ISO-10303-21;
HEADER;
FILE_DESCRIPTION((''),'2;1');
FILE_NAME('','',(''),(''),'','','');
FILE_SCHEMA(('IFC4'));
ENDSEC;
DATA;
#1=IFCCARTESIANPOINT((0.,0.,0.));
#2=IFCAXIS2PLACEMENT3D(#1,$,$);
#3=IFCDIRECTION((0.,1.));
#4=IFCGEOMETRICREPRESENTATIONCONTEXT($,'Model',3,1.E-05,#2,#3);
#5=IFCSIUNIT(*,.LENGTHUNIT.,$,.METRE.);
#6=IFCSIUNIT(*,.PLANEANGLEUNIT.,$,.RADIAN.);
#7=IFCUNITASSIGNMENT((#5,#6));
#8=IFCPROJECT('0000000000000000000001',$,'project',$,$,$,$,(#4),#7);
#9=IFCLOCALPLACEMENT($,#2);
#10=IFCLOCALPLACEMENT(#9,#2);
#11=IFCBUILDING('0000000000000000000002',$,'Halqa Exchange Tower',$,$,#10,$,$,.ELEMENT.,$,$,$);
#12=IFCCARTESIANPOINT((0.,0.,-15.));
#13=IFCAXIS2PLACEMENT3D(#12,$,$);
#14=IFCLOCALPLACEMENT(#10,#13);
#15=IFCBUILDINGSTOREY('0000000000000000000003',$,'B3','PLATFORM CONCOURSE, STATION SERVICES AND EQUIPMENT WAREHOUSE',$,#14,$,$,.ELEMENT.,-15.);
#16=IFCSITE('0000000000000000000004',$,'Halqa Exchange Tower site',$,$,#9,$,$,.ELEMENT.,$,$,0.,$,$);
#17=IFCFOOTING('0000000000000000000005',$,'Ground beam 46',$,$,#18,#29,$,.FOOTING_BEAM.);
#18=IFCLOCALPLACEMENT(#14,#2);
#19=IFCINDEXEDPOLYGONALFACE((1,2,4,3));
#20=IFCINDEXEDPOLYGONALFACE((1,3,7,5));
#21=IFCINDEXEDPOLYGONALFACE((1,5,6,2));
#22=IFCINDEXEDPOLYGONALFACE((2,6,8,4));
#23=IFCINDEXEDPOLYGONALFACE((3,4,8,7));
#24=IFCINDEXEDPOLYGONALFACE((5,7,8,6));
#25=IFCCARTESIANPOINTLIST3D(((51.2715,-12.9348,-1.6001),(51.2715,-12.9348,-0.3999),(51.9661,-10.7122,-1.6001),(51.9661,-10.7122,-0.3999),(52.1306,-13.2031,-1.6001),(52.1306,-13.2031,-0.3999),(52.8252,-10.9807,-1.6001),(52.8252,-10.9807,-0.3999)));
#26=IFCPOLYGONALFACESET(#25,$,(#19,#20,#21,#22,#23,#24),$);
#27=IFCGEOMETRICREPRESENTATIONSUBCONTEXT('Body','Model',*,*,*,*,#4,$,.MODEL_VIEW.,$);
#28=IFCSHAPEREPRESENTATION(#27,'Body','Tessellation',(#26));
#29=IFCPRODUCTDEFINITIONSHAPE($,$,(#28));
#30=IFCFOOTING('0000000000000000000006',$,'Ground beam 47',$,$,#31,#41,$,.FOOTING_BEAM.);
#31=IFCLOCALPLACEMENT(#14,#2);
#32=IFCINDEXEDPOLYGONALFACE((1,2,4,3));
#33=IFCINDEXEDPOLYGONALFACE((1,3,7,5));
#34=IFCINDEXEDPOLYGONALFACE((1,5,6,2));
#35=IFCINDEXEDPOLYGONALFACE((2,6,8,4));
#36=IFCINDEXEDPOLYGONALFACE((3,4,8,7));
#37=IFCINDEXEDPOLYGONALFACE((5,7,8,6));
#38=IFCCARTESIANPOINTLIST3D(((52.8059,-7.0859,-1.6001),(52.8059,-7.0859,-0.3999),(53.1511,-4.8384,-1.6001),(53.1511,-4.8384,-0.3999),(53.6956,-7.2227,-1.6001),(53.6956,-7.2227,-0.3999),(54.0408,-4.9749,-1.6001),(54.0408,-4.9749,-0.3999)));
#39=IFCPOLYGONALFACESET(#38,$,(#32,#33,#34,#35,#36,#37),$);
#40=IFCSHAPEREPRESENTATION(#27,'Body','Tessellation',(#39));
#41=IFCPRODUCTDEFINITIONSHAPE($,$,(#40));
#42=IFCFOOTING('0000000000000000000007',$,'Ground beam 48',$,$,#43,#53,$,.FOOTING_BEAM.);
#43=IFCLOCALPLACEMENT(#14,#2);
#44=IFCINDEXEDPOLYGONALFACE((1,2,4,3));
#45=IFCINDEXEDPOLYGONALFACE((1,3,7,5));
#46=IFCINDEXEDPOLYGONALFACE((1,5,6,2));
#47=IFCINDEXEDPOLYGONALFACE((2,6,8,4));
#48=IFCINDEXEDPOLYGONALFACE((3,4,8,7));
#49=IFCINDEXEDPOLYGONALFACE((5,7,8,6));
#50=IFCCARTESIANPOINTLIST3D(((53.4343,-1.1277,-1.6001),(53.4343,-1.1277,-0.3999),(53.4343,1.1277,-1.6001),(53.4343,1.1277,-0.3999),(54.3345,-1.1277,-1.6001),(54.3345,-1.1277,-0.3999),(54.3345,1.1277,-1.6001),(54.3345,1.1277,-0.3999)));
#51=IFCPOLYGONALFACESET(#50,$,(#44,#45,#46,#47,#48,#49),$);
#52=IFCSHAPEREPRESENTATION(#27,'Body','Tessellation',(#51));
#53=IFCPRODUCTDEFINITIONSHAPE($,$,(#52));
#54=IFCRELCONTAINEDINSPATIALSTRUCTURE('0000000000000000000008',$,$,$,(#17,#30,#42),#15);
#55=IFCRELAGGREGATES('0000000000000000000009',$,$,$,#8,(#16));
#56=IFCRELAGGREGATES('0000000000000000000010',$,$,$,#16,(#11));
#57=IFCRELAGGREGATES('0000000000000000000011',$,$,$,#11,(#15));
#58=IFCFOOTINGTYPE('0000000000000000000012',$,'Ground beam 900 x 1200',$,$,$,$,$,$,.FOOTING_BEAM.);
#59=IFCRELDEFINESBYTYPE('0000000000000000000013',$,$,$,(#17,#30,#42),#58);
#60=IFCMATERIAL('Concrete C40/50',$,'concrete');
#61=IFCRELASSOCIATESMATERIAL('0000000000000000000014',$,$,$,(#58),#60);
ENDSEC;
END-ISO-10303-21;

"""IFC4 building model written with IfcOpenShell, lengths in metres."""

from ifc_helpers import new_model, si_unit, direction, frame, origin, place, context, subcontext, project, spatial, polyline, outline, extrude, material, type_object, element, save


model = new_model("IFC4")

# Units and contexts
model_context = context("Model", 3, precision=1e-05, world=origin(), true_north=direction((0.0, 1.0)))
body_context = subcontext(model_context, "Body", "Model", "MODEL_VIEW")
ifc_project = project(units=[si_unit("LENGTHUNIT", "METRE"), si_unit("PLANEANGLEUNIT", "RADIAN")], contexts=[model_context])

# Site, building, storey
site_placement = place(None, origin())
site = spatial("IfcSite", under=ifc_project, at=site_placement, Name="Halqa Exchange Tower site", CompositionType="ELEMENT", RefElevation=0.0)
building_placement = place(site_placement, origin())
building = spatial("IfcBuilding", under=site, at=building_placement, Name="Halqa Exchange Tower", CompositionType="ELEMENT")
storey_placement = place(building_placement, frame((0.0, 0.0, -15.0)))
storey = spatial("IfcBuildingStorey", under=building, at=storey_placement, Name="B3", Description="PLATFORM CONCOURSE, STATION SERVICES AND EQUIPMENT WAREHOUSE", CompositionType="ELEMENT", Elevation=-15.0)

# Footings
ifc_material_1 = material(Name="Concrete C40/50", Category="concrete")
footing_type_1 = type_object("IfcFootingType", Name="Ground beam 900 x 1200", PredefinedType="FOOTING_BEAM", material=ifc_material_1)
footing_1_placement = place(storey_placement, frame((0.0, 0.0, -1.6001)))
element("IfcFooting", 1, at=footing_1_placement, inside=storey, type_object=footing_type_1, Name="Ground beam 46", PredefinedType="FOOTING_BEAM", context=body_context, shape_type="SweptSolid", body=[
    extrude(outline(polyline([(51.2715, -12.9348), (51.9661, -10.7122), (52.8252, -10.9807), (52.1306, -13.2031), (51.2715, -12.9348)])), origin(), (0.0, 0.0, 1.0), 1.2002),
])
footing_2_placement = place(storey_placement, frame((0.0, 0.0, -1.6001)))
element("IfcFooting", 2, at=footing_2_placement, inside=storey, type_object=footing_type_1, Name="Ground beam 47", PredefinedType="FOOTING_BEAM", context=body_context, shape_type="SweptSolid", body=[
    extrude(outline(polyline([(52.8059, -7.0859), (53.1511, -4.8384), (54.0408, -4.9749), (53.6956, -7.2227), (52.8059, -7.0859)])), origin(), (0.0, 0.0, 1.0), 1.2002),
])
footing_3_placement = place(storey_placement, frame((0.0, 0.0, -1.6001)))
element("IfcFooting", 3, at=footing_3_placement, inside=storey, type_object=footing_type_1, Name="Ground beam 48", PredefinedType="FOOTING_BEAM", context=body_context, shape_type="SweptSolid", body=[
    extrude(outline(polyline([(53.4343, -1.1277), (53.4343, 1.1277), (54.3345, 1.1277), (54.3345, -1.1277), (53.4343, -1.1277)])), origin(), (0.0, 0.0, 1.0), 1.2002),
])

save(model, "model.ifc")
